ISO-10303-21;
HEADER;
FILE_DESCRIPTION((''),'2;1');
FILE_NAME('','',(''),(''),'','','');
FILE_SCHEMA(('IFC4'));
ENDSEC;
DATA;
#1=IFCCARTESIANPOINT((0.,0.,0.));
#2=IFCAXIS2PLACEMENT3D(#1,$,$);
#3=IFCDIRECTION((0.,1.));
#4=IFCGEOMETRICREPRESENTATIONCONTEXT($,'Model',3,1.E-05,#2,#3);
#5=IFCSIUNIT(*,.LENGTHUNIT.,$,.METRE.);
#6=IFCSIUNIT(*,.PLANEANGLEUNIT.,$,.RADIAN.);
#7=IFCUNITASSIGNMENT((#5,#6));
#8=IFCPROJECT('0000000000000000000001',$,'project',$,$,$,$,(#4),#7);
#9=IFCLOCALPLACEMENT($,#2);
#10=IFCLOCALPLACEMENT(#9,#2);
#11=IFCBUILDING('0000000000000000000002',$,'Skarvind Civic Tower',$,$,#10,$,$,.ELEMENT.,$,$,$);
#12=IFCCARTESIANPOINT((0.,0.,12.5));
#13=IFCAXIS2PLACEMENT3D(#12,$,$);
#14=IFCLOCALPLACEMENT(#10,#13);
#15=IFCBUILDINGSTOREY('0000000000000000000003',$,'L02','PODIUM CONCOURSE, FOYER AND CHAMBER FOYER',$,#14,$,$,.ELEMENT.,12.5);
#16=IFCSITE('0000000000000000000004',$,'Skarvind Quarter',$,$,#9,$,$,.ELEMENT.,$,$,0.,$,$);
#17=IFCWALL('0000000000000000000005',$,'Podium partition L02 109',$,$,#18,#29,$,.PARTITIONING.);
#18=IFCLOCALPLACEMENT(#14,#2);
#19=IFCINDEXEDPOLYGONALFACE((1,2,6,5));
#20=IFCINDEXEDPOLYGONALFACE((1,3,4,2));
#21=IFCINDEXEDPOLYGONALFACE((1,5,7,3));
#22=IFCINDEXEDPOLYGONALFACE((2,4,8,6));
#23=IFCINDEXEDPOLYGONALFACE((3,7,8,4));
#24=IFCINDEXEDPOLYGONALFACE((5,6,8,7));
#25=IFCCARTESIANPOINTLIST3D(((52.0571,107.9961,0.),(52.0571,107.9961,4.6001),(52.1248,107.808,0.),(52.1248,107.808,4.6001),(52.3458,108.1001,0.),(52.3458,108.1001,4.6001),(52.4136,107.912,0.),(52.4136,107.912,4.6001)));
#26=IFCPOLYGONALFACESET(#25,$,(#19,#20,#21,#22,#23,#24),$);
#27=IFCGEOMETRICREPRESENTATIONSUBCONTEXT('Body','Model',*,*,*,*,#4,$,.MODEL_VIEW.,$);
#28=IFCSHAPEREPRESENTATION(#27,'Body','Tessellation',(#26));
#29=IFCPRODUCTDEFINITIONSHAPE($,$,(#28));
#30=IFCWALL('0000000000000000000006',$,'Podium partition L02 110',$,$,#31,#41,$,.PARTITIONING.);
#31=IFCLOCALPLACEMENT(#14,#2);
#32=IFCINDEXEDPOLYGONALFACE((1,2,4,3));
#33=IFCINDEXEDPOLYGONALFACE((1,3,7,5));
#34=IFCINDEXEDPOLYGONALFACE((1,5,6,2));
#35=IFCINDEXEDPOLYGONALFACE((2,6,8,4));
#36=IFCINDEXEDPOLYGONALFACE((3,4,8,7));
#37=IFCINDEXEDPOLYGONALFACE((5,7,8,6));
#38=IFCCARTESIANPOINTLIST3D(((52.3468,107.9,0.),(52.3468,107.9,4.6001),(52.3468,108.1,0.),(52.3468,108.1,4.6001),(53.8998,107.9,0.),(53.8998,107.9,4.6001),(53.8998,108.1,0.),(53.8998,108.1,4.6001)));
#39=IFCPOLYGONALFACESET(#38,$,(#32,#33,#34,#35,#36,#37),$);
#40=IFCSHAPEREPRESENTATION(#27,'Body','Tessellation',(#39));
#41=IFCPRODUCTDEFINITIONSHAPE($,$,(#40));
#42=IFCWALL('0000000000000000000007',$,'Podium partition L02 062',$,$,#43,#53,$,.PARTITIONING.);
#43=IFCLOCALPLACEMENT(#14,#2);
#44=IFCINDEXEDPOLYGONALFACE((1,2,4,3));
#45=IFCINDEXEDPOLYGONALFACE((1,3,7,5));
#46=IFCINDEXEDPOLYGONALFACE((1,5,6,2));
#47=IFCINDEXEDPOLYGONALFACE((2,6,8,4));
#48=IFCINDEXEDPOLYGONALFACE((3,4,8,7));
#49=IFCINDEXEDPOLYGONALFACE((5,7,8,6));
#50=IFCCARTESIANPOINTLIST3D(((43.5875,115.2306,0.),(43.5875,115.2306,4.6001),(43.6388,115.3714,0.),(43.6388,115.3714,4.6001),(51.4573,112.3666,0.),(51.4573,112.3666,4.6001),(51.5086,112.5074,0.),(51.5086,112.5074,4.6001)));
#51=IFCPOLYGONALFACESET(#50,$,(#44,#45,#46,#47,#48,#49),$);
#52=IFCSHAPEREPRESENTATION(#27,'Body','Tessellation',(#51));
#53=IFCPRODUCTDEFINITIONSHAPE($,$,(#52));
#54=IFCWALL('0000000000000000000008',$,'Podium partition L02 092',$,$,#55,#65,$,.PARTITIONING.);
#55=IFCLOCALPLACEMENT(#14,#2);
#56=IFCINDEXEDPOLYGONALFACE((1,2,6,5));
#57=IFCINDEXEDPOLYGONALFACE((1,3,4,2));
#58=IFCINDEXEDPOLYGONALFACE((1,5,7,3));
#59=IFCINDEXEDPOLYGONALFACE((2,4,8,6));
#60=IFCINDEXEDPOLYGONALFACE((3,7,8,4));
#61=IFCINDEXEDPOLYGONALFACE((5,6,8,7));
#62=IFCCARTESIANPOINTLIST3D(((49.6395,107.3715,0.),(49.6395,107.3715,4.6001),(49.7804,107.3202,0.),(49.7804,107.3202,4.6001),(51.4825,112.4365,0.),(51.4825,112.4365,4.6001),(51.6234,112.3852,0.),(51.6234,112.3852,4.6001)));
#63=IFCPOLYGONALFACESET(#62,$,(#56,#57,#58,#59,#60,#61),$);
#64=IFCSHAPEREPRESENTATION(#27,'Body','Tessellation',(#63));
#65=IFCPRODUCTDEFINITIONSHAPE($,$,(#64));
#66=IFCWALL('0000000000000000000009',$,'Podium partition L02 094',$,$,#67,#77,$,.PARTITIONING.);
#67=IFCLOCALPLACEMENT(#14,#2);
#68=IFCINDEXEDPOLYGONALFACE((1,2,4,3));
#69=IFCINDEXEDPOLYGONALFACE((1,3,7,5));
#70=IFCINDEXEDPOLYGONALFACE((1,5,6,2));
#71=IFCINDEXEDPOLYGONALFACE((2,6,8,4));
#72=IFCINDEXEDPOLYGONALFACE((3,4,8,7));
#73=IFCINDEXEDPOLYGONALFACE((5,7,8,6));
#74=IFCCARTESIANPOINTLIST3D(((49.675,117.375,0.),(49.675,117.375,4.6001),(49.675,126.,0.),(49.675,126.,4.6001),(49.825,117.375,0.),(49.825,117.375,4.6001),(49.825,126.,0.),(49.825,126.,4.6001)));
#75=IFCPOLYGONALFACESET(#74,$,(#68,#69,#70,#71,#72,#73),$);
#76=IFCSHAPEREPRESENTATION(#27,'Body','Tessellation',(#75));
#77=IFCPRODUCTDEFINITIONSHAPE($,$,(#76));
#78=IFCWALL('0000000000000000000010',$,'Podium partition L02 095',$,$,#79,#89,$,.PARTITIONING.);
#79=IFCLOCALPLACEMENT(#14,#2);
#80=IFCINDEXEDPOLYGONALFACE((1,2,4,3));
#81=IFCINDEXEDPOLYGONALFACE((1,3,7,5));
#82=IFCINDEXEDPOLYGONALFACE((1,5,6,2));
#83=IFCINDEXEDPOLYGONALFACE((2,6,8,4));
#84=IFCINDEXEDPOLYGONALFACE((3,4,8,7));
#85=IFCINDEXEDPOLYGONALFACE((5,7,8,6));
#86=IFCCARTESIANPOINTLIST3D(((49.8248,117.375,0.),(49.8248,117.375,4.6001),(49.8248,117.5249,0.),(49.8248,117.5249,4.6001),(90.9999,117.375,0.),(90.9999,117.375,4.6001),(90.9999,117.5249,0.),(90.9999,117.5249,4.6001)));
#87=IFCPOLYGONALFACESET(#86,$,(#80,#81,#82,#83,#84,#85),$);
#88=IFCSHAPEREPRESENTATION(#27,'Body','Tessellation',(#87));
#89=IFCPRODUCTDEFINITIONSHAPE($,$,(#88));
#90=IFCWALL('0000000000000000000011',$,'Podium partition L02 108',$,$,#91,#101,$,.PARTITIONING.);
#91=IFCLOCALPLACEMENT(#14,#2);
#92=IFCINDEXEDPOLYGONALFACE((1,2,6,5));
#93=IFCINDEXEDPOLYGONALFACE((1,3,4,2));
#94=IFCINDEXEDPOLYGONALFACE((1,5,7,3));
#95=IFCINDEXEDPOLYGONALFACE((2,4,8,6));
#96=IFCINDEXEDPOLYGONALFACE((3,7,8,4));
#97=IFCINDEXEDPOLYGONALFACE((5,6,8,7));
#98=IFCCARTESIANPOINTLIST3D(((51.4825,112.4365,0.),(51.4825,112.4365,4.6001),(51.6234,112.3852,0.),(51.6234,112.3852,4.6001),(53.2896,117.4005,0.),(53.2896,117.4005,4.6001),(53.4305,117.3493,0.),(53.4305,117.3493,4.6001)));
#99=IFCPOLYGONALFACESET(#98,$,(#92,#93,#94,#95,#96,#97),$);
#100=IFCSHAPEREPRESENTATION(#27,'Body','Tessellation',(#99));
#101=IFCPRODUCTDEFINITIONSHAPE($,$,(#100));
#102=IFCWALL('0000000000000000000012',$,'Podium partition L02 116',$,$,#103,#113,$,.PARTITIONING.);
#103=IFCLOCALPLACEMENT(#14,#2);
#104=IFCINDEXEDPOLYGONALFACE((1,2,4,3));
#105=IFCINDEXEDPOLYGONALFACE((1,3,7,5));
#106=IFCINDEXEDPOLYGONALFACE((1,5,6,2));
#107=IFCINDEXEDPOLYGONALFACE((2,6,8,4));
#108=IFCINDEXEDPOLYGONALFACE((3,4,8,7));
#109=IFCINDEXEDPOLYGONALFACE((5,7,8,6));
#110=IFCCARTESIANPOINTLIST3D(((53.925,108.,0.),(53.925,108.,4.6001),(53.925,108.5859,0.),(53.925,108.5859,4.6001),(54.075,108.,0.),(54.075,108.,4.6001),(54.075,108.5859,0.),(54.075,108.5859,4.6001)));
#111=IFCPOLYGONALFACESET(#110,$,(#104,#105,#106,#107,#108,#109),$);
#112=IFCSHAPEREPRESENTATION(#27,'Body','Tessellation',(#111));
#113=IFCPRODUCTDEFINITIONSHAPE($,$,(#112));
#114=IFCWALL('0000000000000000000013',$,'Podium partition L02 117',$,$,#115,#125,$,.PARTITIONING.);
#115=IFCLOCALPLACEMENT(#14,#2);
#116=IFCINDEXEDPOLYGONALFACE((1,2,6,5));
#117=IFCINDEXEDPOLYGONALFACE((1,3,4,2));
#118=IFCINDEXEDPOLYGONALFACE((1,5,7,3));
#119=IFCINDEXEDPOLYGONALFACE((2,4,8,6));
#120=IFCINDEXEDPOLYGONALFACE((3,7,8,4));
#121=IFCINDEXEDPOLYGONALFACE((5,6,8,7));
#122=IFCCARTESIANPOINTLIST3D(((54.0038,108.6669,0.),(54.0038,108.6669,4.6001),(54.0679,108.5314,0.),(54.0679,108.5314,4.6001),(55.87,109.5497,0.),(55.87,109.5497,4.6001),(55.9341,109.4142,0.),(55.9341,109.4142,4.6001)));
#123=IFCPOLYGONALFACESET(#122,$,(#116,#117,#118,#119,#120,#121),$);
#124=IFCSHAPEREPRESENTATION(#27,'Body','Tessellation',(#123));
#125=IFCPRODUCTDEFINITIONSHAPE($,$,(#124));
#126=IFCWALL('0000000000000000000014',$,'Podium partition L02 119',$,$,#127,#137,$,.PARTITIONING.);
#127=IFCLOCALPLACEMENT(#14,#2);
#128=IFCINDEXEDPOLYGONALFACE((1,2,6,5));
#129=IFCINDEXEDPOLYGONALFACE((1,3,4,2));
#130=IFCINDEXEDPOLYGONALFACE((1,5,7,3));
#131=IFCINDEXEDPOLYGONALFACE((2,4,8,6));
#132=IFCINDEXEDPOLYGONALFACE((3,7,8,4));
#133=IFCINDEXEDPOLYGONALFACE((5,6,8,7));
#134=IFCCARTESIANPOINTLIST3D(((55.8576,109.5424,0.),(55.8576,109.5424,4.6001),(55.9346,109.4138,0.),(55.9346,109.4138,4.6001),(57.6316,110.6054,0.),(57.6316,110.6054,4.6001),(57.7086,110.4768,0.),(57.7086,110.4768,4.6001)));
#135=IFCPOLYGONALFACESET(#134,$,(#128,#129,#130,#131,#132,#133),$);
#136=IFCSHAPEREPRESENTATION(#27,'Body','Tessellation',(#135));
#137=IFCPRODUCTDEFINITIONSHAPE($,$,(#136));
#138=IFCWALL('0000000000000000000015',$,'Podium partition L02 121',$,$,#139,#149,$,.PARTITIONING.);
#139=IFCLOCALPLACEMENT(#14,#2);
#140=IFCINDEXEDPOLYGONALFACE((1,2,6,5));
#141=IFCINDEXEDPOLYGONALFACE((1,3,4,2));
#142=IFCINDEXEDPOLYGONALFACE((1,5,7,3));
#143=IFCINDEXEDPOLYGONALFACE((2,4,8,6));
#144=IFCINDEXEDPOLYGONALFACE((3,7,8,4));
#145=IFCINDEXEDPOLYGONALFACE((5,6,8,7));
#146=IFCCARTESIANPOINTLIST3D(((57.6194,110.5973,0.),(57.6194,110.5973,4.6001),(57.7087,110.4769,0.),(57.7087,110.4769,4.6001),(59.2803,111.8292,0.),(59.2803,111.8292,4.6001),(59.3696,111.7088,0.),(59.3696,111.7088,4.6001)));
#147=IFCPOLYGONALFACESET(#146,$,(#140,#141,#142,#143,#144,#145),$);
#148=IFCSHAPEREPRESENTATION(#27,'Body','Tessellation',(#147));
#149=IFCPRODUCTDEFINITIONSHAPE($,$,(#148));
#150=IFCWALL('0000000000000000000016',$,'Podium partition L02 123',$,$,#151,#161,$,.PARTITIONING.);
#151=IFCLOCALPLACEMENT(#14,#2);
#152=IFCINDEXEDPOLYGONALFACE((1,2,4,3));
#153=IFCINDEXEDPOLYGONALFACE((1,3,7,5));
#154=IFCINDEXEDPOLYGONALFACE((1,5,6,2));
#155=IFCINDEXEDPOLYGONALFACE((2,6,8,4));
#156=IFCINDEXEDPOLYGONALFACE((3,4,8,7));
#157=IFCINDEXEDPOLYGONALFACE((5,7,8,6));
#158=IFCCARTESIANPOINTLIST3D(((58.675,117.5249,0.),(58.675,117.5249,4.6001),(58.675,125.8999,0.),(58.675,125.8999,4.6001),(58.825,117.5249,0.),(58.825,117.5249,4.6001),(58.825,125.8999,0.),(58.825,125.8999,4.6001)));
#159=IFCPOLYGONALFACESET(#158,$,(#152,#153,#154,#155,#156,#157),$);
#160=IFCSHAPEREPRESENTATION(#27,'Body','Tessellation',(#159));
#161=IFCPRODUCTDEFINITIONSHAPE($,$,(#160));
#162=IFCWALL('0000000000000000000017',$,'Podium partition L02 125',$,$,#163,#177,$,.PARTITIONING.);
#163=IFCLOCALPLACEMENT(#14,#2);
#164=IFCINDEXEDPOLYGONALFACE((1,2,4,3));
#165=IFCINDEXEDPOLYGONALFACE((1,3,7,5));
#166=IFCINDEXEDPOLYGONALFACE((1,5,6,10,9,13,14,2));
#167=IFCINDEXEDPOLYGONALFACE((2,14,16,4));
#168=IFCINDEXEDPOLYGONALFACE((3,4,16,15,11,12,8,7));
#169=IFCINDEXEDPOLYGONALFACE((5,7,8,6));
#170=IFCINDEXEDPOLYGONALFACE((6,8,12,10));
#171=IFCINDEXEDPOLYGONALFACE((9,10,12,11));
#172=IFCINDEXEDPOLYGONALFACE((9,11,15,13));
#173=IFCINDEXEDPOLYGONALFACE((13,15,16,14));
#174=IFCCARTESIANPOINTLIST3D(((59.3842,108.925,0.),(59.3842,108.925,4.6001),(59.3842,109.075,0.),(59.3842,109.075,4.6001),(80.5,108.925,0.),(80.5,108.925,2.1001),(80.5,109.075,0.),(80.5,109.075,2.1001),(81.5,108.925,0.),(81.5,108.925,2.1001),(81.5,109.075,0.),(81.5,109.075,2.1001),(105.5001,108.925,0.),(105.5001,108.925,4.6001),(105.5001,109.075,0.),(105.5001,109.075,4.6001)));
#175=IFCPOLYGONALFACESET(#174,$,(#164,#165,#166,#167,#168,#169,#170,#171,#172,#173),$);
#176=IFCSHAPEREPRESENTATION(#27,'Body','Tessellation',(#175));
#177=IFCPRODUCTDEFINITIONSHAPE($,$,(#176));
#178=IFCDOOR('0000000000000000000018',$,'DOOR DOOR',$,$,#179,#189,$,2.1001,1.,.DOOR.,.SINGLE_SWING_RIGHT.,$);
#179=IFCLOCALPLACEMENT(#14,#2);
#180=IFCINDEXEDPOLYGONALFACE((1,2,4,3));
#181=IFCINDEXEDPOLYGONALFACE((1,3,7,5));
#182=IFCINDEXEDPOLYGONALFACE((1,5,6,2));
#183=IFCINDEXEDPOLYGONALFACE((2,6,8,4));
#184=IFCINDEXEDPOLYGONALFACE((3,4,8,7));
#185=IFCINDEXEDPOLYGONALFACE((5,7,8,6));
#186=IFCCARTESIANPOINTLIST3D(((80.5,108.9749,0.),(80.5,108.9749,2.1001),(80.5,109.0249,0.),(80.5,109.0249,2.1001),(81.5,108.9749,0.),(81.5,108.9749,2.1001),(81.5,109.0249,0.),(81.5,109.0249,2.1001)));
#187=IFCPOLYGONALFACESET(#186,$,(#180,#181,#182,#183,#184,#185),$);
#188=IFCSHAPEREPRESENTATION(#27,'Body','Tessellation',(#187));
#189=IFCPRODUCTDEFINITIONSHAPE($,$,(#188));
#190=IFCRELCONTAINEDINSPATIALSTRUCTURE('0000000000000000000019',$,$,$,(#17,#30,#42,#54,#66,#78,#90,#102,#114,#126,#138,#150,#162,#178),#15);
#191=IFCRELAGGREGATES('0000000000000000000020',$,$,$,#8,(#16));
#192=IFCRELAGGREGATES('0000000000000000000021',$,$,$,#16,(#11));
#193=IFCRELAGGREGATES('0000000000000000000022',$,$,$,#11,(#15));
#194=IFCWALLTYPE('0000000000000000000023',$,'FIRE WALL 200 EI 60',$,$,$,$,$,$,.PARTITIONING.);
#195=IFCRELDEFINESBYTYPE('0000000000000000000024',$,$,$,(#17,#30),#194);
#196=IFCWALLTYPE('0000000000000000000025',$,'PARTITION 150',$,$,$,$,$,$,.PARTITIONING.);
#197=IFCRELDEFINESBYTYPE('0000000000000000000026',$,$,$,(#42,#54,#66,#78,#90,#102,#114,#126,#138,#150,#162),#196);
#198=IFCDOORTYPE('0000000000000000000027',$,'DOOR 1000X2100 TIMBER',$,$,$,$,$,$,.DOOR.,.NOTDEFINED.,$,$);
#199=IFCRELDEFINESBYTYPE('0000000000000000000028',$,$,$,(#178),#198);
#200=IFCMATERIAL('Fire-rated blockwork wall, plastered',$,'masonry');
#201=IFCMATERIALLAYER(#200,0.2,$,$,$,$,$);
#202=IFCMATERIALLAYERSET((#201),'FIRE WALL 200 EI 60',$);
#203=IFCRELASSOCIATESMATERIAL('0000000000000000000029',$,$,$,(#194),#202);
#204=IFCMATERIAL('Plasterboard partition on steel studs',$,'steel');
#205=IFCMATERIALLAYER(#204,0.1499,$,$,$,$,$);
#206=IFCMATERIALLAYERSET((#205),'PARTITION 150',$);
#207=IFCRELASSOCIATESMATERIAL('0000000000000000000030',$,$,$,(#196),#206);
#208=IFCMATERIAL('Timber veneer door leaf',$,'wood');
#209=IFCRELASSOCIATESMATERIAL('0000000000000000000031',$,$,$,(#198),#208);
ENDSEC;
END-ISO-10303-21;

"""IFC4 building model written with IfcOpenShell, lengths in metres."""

from ifc_helpers import new_model, si_unit, direction, frame, frame_2d, origin, place, context, subcontext, project, spatial, rectangle, extrude, material, layer, layer_set, type_object, element, fill, save


model = new_model("IFC4")

# Units and contexts
model_context = context("Model", 3, precision=1e-05, world=origin(), true_north=direction((0.0, 1.0)))
body_context = subcontext(model_context, "Body", "Model", "MODEL_VIEW")
ifc_project = project(units=[si_unit("LENGTHUNIT", "METRE"), si_unit("PLANEANGLEUNIT", "RADIAN")], contexts=[model_context])

# Site, building, storey
site_placement = place(None, origin())
site = spatial("IfcSite", under=ifc_project, at=site_placement, Name="Skarvind Quarter", CompositionType="ELEMENT", RefElevation=0.0)
building_placement = place(site_placement, origin())
building = spatial("IfcBuilding", under=site, at=building_placement, Name="Skarvind Civic Tower", CompositionType="ELEMENT")
storey_placement = place(building_placement, frame((0.0, 0.0, 12.5)))
storey = spatial("IfcBuildingStorey", under=building, at=storey_placement, Name="L02", Description="PODIUM CONCOURSE, FOYER AND CHAMBER FOYER", CompositionType="ELEMENT", Elevation=12.5)

# Shared definitions
ifc_material_1 = material(Name="Fire-rated blockwork wall, plastered", Category="masonry")
ifc_layer_1 = layer(ifc_material_1, 0.2)
ifc_layer_set_1 = layer_set([ifc_layer_1], Name="FIRE WALL 200 EI 60")
wall_type_1 = type_object("IfcWallType", Name="FIRE WALL 200 EI 60", PredefinedType="PARTITIONING", material=ifc_layer_set_1)

# Walls
wall_1_placement = place(storey_placement, frame((52.0911, 107.9021, 0.0), z_axis=(0.0, 0.0, 1.0), x_axis=(0.940857, 0.338804, 0.0)))
element("IfcWall", 1, at=wall_1_placement, inside=storey, type_object=wall_type_1, Name="Podium partition L02 109", PredefinedType="PARTITIONING", context=body_context, shape_type="SweptSolid", body=[
    extrude(rectangle(XDim=0.3069, YDim=0.2, at=frame_2d((0.1533, 0.0))), origin(), (0.0, 0.0, 1.0), 4.6001),
])
wall_2_placement = place(storey_placement, frame((52.3469, 108.0, 0.0), z_axis=(0.0, 0.0, 1.0), x_axis=(1.0, 0.0, 0.0)))
element("IfcWall", 2, at=wall_2_placement, inside=storey, type_object=wall_type_1, Name="Podium partition L02 110", PredefinedType="PARTITIONING", context=body_context, shape_type="SweptSolid", body=[
    extrude(rectangle(XDim=1.553, YDim=0.2, at=frame_2d((0.7764, 0.0))), origin(), (0.0, 0.0, 1.0), 4.6001),
])
ifc_material_2 = material(Name="Plasterboard partition on steel studs", Category="steel")
ifc_layer_2 = layer(ifc_material_2, 0.1499)
ifc_layer_set_2 = layer_set([ifc_layer_2], Name="PARTITION 150")
wall_type_2 = type_object("IfcWallType", Name="PARTITION 150", PredefinedType="PARTITIONING", material=ifc_layer_set_2)
wall_3_placement = place(storey_placement, frame((43.613, 115.301, 0.0), z_axis=(0.0, 0.0, 1.0), x_axis=(0.939707, -0.341979, 0.0)))
element("IfcWall", 3, at=wall_3_placement, inside=storey, type_object=wall_type_2, Name="Podium partition L02 062", PredefinedType="PARTITIONING", context=body_context, shape_type="SweptSolid", body=[
    extrude(rectangle(XDim=8.3748, YDim=0.1499, at=frame_2d((4.1875, 0.0))), origin(), (0.0, 0.0, 1.0), 4.6001),
])
wall_4_placement = place(storey_placement, frame((49.71, 107.3459, 0.0), z_axis=(0.0, 0.0, 1.0), x_axis=(0.341943, 0.939721, 0.0)))
element("IfcWall", 4, at=wall_4_placement, inside=storey, type_object=wall_type_2, Name="Podium partition L02 092", PredefinedType="PARTITIONING", context=body_context, shape_type="SweptSolid", body=[
    extrude(rectangle(XDim=5.3899, YDim=0.1499, at=frame_2d((2.6948, 0.0))), origin(), (0.0, 0.0, 1.0), 4.6001),
])
wall_5_placement = place(storey_placement, frame((49.75, 117.375, 0.0), z_axis=(0.0, 0.0, 1.0), x_axis=(0.0, 1.0, 0.0)))
element("IfcWall", 5, at=wall_5_placement, inside=storey, type_object=wall_type_2, Name="Podium partition L02 094", PredefinedType="PARTITIONING", context=body_context, shape_type="SweptSolid", body=[
    extrude(rectangle(XDim=8.625, YDim=0.1499, at=frame_2d((4.3125, 0.0))), origin(), (0.0, 0.0, 1.0), 4.6001),
])
wall_6_placement = place(storey_placement, frame((49.825, 117.45, 0.0), z_axis=(0.0, 0.0, 1.0), x_axis=(1.0, 0.0, 0.0)))
element("IfcWall", 6, at=wall_6_placement, inside=storey, type_object=wall_type_2, Name="Podium partition L02 095", PredefinedType="PARTITIONING", context=body_context, shape_type="SweptSolid", body=[
    extrude(rectangle(XDim=41.175, YDim=0.1499, at=frame_2d((20.5874, 0.0))), origin(), (0.0, 0.0, 1.0), 4.6001),
])
wall_7_placement = place(storey_placement, frame((51.553, 112.4109, 0.0), z_axis=(0.0, 0.0, 1.0), x_axis=(0.342077, 0.939672, 0.0)))
element("IfcWall", 7, at=wall_7_placement, inside=storey, type_object=wall_type_2, Name="Podium partition L02 108", PredefinedType="PARTITIONING", context=body_context, shape_type="SweptSolid", body=[
    extrude(rectangle(XDim=5.2827, YDim=0.1499, at=frame_2d((2.6414, 0.0))), origin(), (0.0, 0.0, 1.0), 4.6001),
])
wall_8_placement = place(storey_placement, frame((54.0, 108.0, 0.0), z_axis=(0.0, 0.0, 1.0), x_axis=(0.0, 1.0, 0.0)))
element("IfcWall", 8, at=wall_8_placement, inside=storey, type_object=wall_type_2, Name="Podium partition L02 116", PredefinedType="PARTITIONING", context=body_context, shape_type="SweptSolid", body=[
    extrude(rectangle(XDim=0.5859, YDim=0.1499, at=frame_2d((0.293, 0.0))), origin(), (0.0, 0.0, 1.0), 4.6001),
])
wall_9_placement = place(storey_placement, frame((54.0359, 108.5991, 0.0), z_axis=(0.0, 0.0, 1.0), x_axis=(0.903959, 0.427619, 0.0)))
element("IfcWall", 9, at=wall_9_placement, inside=storey, type_object=wall_type_2, Name="Podium partition L02 117", PredefinedType="PARTITIONING", context=body_context, shape_type="SweptSolid", body=[
    extrude(rectangle(XDim=2.0645, YDim=0.1499, at=frame_2d((1.0322, 0.0))), origin(), (0.0, 0.0, 1.0), 4.6001),
])
wall_10_placement = place(storey_placement, frame((55.896, 109.478, 0.0), z_axis=(0.0, 0.0, 1.0), x_axis=(0.857784, 0.51401, 0.0)))
element("IfcWall", 10, at=wall_10_placement, inside=storey, type_object=wall_type_2, Name="Podium partition L02 119", PredefinedType="PARTITIONING", context=body_context, shape_type="SweptSolid", body=[
    extrude(rectangle(XDim=2.0681, YDim=0.1499, at=frame_2d((1.0342, 0.0))), origin(), (0.0, 0.0, 1.0), 4.6001),
])
wall_11_placement = place(storey_placement, frame((57.6641, 110.5371, 0.0), z_axis=(0.0, 0.0, 1.0), x_axis=(0.803176, 0.595741, 0.0)))
element("IfcWall", 11, at=wall_11_placement, inside=storey, type_object=wall_type_2, Name="Podium partition L02 121", PredefinedType="PARTITIONING", context=body_context, shape_type="SweptSolid", body=[
    extrude(rectangle(XDim=2.0679, YDim=0.1499, at=frame_2d((1.0339, 0.0))), origin(), (0.0, 0.0, 1.0), 4.6001),
])
wall_12_placement = place(storey_placement, frame((58.75, 117.5249, 0.0), z_axis=(0.0, 0.0, 1.0), x_axis=(0.0, 1.0, 0.0)))
element("IfcWall", 12, at=wall_12_placement, inside=storey, type_object=wall_type_2, Name="Podium partition L02 123", PredefinedType="PARTITIONING", context=body_context, shape_type="SweptSolid", body=[
    extrude(rectangle(XDim=8.375, YDim=0.1499, at=frame_2d((4.1875, 0.0))), origin(), (0.0, 0.0, 1.0), 4.6001),
])

# Wall, opening, door
wall_13_placement = place(storey_placement, frame((59.384, 109.0, 0.0), z_axis=(0.0, 0.0, 1.0), x_axis=(1.0, 0.0, 0.0)))
wall_13 = element("IfcWall", 13, at=wall_13_placement, inside=storey, type_object=wall_type_2, Name="Podium partition L02 125", PredefinedType="PARTITIONING", context=body_context, shape_type="SweptSolid", body=[
    extrude(rectangle(XDim=46.116, YDim=0.1499, at=frame_2d((23.0581, 0.0))), origin(), (0.0, 0.0, 1.0), 4.6001),
])
opening_1_placement = place(wall_13_placement, frame((21.116, 0.0, 0.0)))
opening_1 = element("IfcOpeningElement", 14, at=opening_1_placement, cuts=wall_13, PredefinedType="OPENING", context=body_context, shape_type="SweptSolid", body=[
    extrude(rectangle(XDim=1.0, YDim=2.1001, at=frame_2d((0.5, 1.05))), frame((0.0, 0.085, 0.0), z_axis=(0.0, -1.0, 0.0), x_axis=(1.0, 0.0, 0.0)), (0.0, 0.0, 1.0), 0.1699),
])
ifc_material_3 = material(Name="Timber veneer door leaf", Category="wood")
door_type_1 = type_object("IfcDoorType", Name="DOOR 1000X2100 TIMBER", OperationType="NOTDEFINED", PredefinedType="DOOR", material=ifc_material_3)
door_1_placement = place(opening_1_placement, origin())
door_1 = element("IfcDoor", 15, at=door_1_placement, inside=storey, type_object=door_type_1, Name="DOOR DOOR", OperationType="SINGLE_SWING_RIGHT", OverallHeight=2.1001, OverallWidth=1.0, PredefinedType="DOOR", context=body_context, shape_type="SweptSolid", body=[
    extrude(rectangle(XDim=1.0, YDim=2.1001, at=frame_2d((0.5, 1.05))), frame((0.0, 0.0249, 0.0), z_axis=(0.0, -1.0, 0.0), x_axis=(1.0, 0.0, 0.0)), (0.0, 0.0, 1.0), 0.05),
])
fill(opening_1, door_1)

save(model, "model.ifc")
